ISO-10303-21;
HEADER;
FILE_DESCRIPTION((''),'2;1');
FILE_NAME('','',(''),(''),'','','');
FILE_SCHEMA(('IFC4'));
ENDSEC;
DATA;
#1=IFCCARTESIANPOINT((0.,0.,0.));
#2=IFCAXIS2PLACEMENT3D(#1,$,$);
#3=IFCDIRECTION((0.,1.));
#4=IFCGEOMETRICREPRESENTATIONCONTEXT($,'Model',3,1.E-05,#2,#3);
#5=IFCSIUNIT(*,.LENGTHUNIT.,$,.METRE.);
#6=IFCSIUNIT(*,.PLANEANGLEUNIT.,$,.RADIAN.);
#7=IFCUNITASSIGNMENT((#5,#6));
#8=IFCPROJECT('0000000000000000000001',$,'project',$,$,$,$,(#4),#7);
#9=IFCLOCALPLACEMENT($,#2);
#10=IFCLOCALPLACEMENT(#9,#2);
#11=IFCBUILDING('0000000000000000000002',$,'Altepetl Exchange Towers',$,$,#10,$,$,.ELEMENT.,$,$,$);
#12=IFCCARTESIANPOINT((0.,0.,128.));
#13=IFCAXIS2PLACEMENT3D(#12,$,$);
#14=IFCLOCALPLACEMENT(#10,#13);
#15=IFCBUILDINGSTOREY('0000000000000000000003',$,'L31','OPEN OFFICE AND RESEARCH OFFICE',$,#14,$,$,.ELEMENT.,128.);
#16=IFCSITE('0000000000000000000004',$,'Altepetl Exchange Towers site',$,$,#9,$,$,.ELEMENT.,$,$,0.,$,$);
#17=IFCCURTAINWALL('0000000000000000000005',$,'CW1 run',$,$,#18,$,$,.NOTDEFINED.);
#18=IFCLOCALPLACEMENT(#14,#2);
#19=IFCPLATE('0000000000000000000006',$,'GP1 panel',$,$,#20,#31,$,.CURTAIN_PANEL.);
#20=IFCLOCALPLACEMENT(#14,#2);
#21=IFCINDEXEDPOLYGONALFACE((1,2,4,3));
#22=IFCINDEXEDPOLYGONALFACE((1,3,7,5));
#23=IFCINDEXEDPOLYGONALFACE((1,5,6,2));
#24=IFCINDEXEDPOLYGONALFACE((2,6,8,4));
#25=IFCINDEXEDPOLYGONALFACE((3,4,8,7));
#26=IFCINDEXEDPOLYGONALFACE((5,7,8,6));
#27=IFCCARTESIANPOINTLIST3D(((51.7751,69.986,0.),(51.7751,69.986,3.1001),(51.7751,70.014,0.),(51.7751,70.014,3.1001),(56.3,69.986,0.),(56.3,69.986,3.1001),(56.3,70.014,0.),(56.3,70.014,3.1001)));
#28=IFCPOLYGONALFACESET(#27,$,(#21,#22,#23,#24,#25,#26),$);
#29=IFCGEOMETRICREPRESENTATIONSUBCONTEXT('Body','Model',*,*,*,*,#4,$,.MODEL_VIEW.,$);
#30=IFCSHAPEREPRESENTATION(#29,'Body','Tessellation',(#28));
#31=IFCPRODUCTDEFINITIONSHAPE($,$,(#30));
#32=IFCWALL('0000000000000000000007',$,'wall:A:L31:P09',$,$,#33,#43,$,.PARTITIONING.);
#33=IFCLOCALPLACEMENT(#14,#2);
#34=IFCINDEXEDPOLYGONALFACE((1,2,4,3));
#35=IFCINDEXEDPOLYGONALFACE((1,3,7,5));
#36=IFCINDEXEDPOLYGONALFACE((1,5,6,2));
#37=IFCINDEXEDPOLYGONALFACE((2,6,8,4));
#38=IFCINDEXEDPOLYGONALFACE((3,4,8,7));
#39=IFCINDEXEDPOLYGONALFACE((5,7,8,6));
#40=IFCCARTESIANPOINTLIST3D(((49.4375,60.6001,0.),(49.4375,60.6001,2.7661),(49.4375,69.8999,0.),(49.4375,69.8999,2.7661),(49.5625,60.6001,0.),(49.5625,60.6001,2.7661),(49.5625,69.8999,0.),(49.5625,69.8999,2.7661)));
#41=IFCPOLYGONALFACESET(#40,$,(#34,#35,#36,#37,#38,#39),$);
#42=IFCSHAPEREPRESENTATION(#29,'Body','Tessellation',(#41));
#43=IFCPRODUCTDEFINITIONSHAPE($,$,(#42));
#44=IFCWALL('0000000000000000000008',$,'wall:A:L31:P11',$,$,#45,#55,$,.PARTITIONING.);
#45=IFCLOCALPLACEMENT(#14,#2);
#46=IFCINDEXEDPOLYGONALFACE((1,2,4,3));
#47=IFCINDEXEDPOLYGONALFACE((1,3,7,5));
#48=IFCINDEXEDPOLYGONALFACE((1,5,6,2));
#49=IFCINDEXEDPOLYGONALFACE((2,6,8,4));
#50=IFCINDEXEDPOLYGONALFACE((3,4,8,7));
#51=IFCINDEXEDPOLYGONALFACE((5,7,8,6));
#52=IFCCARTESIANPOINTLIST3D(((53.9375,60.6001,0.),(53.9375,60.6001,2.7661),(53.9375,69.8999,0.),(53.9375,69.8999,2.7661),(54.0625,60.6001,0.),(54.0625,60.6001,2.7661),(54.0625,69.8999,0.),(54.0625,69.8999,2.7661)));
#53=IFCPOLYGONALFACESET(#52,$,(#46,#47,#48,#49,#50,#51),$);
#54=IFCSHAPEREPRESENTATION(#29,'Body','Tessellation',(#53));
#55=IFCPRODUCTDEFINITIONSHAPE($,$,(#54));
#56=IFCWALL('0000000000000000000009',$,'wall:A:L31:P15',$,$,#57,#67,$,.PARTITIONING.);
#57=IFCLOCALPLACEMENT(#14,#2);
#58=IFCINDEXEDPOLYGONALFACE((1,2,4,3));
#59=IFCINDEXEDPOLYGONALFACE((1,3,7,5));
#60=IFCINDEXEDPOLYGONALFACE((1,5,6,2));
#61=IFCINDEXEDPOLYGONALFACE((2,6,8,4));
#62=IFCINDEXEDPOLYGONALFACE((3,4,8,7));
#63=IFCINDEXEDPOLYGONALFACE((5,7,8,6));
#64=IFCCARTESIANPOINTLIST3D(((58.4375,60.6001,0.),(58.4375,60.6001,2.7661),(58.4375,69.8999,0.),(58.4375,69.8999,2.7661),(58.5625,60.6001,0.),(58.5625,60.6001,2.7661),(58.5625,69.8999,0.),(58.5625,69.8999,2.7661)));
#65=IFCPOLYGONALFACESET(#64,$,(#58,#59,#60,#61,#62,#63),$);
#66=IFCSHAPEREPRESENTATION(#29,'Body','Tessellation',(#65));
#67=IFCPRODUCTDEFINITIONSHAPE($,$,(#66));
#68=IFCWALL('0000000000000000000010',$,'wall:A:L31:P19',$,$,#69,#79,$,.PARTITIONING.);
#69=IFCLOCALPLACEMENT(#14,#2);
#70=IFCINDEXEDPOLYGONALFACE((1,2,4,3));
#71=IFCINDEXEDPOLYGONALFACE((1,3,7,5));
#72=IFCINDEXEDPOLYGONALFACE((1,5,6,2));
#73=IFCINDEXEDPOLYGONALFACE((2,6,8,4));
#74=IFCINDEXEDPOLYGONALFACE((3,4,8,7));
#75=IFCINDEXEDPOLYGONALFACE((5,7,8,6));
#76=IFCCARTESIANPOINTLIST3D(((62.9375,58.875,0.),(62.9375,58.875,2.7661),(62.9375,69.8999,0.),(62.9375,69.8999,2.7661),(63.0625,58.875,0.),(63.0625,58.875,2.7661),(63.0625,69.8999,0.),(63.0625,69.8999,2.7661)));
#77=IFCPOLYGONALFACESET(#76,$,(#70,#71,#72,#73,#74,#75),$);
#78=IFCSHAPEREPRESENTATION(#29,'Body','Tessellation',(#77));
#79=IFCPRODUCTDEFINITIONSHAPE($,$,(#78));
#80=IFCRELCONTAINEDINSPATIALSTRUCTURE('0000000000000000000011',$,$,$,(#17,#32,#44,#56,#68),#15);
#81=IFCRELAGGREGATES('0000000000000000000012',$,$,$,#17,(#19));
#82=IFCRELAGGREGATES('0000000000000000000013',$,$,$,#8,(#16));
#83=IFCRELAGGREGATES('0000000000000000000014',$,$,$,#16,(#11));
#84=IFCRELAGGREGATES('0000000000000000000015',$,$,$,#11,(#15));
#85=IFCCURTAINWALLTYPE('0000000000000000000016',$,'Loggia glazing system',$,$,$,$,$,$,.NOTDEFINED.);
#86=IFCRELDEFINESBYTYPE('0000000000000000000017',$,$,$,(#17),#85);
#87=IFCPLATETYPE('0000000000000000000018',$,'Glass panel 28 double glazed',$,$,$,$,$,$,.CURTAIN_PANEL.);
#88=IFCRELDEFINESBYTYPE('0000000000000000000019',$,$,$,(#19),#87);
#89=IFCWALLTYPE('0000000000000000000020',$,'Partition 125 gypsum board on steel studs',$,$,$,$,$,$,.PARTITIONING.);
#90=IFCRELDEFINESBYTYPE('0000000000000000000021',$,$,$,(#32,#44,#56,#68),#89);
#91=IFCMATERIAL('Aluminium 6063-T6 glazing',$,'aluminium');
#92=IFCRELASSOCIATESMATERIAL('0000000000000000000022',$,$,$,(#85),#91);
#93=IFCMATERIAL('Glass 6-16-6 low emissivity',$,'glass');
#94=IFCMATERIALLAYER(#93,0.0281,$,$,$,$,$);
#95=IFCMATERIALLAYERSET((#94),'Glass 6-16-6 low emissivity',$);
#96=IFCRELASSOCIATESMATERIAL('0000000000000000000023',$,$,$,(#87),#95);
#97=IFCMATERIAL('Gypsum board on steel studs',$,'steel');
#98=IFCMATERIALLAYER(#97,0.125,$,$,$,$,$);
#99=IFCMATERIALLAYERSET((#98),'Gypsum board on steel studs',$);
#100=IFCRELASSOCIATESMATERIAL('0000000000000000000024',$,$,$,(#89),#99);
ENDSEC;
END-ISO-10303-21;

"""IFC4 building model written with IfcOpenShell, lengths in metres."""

from ifc_helpers import new_model, si_unit, direction, frame, frame_2d, origin, origin_2d, place, context, subcontext, project, spatial, rectangle, extrude, material, layer, layer_set, type_object, element, aggregate, save


model = new_model("IFC4")

# Units and contexts
model_context = context("Model", 3, precision=1e-05, world=origin(), true_north=direction((0.0, 1.0)))
body_context = subcontext(model_context, "Body", "Model", "MODEL_VIEW")
ifc_project = project(units=[si_unit("LENGTHUNIT", "METRE"), si_unit("PLANEANGLEUNIT", "RADIAN")], contexts=[model_context])

# Site, building, storey
site_placement = place(None, origin())
site = spatial("IfcSite", under=ifc_project, at=site_placement, Name="Altepetl Exchange Towers site", CompositionType="ELEMENT", RefElevation=0.0)
building_placement = place(site_placement, origin())
building = spatial("IfcBuilding", under=site, at=building_placement, Name="Altepetl Exchange Towers", CompositionType="ELEMENT")
storey_placement = place(building_placement, frame((0.0, 0.0, 128.0)))
storey = spatial("IfcBuildingStorey", under=building, at=storey_placement, Name="L31", Description="OPEN OFFICE AND RESEARCH OFFICE", CompositionType="ELEMENT", Elevation=128.0)

# Curtain wall
ifc_material_1 = material(Name="Aluminium 6063-T6 glazing", Category="aluminium")
curtain_wall_type = type_object("IfcCurtainWallType", Name="Loggia glazing system", PredefinedType="NOTDEFINED", material=ifc_material_1)
curtain_wall_1_placement = place(storey_placement, origin())
curtain_wall_1 = element("IfcCurtainWall", 1, at=curtain_wall_1_placement, inside=storey, type_object=curtain_wall_type, Name="CW1 run", PredefinedType="NOTDEFINED")

# Plate
ifc_material_2 = material(Name="Glass 6-16-6 low emissivity", Category="glass")
ifc_layer_1 = layer(ifc_material_2, 0.0281)
ifc_layer_set_1 = layer_set([ifc_layer_1], Name="Glass 6-16-6 low emissivity")
plate_type = type_object("IfcPlateType", Name="Glass panel 28 double glazed", PredefinedType="CURTAIN_PANEL", material=ifc_layer_set_1)
plate_1_placement = place(storey_placement, frame((54.0376, 70.0, 0.0), z_axis=(0.0, 0.0, 1.0), x_axis=(-1.0, 0.0, 0.0)))
plate_1 = element("IfcPlate", 2, at=plate_1_placement, type_object=plate_type, Name="GP1 panel", PredefinedType="CURTAIN_PANEL", context=body_context, shape_type="SweptSolid", body=[
    extrude(rectangle(XDim=4.5249, YDim=0.0281, at=origin_2d()), origin(), (0.0, 0.0, 1.0), 3.1001),
])
aggregate(curtain_wall_1, [plate_1])

# Walls
ifc_material_3 = material(Name="Gypsum board on steel studs", Category="steel")
ifc_layer_2 = layer(ifc_material_3, 0.125)
ifc_layer_set_2 = layer_set([ifc_layer_2], Name="Gypsum board on steel studs")
wall_type = type_object("IfcWallType", Name="Partition 125 gypsum board on steel studs", PredefinedType="PARTITIONING", material=ifc_layer_set_2)
for number, where, z_axis, x_axis, name in (
    (3, (49.5, 60.6001, 0.0), (0.0, 0.0, 1.0), (0.0, 1.0, 0.0), "wall:A:L31:P09"),
    (4, (54.0, 60.6001, 0.0), (0.0, 0.0, 1.0), (0.0, 1.0, 0.0), "wall:A:L31:P11"),
    (5, (58.5, 60.6001, 0.0), (0.0, 0.0, 1.0), (0.0, 1.0, 0.0), "wall:A:L31:P15"),
):
    element("IfcWall", number, at=place(storey_placement, frame(where, z_axis=z_axis, x_axis=x_axis)), inside=storey, type_object=wall_type, Name=name, PredefinedType="PARTITIONING", context=body_context, shape_type="SweptSolid", body=[
        extrude(rectangle(XDim=9.2998, YDim=0.125, at=frame_2d((4.6499, 0.0))), origin(), (0.0, 0.0, 1.0), 2.7661),
    ])
wall_placement = place(storey_placement, frame((63.0, 58.875, 0.0), z_axis=(0.0, 0.0, 1.0), x_axis=(0.0, 1.0, 0.0)))
element("IfcWall", 6, at=wall_placement, inside=storey, type_object=wall_type, Name="wall:A:L31:P19", PredefinedType="PARTITIONING", context=body_context, shape_type="SweptSolid", body=[
    extrude(rectangle(XDim=11.0249, YDim=0.125, at=frame_2d((5.5125, 0.0))), origin(), (0.0, 0.0, 1.0), 2.7661),
])

save(model, "model.ifc")
